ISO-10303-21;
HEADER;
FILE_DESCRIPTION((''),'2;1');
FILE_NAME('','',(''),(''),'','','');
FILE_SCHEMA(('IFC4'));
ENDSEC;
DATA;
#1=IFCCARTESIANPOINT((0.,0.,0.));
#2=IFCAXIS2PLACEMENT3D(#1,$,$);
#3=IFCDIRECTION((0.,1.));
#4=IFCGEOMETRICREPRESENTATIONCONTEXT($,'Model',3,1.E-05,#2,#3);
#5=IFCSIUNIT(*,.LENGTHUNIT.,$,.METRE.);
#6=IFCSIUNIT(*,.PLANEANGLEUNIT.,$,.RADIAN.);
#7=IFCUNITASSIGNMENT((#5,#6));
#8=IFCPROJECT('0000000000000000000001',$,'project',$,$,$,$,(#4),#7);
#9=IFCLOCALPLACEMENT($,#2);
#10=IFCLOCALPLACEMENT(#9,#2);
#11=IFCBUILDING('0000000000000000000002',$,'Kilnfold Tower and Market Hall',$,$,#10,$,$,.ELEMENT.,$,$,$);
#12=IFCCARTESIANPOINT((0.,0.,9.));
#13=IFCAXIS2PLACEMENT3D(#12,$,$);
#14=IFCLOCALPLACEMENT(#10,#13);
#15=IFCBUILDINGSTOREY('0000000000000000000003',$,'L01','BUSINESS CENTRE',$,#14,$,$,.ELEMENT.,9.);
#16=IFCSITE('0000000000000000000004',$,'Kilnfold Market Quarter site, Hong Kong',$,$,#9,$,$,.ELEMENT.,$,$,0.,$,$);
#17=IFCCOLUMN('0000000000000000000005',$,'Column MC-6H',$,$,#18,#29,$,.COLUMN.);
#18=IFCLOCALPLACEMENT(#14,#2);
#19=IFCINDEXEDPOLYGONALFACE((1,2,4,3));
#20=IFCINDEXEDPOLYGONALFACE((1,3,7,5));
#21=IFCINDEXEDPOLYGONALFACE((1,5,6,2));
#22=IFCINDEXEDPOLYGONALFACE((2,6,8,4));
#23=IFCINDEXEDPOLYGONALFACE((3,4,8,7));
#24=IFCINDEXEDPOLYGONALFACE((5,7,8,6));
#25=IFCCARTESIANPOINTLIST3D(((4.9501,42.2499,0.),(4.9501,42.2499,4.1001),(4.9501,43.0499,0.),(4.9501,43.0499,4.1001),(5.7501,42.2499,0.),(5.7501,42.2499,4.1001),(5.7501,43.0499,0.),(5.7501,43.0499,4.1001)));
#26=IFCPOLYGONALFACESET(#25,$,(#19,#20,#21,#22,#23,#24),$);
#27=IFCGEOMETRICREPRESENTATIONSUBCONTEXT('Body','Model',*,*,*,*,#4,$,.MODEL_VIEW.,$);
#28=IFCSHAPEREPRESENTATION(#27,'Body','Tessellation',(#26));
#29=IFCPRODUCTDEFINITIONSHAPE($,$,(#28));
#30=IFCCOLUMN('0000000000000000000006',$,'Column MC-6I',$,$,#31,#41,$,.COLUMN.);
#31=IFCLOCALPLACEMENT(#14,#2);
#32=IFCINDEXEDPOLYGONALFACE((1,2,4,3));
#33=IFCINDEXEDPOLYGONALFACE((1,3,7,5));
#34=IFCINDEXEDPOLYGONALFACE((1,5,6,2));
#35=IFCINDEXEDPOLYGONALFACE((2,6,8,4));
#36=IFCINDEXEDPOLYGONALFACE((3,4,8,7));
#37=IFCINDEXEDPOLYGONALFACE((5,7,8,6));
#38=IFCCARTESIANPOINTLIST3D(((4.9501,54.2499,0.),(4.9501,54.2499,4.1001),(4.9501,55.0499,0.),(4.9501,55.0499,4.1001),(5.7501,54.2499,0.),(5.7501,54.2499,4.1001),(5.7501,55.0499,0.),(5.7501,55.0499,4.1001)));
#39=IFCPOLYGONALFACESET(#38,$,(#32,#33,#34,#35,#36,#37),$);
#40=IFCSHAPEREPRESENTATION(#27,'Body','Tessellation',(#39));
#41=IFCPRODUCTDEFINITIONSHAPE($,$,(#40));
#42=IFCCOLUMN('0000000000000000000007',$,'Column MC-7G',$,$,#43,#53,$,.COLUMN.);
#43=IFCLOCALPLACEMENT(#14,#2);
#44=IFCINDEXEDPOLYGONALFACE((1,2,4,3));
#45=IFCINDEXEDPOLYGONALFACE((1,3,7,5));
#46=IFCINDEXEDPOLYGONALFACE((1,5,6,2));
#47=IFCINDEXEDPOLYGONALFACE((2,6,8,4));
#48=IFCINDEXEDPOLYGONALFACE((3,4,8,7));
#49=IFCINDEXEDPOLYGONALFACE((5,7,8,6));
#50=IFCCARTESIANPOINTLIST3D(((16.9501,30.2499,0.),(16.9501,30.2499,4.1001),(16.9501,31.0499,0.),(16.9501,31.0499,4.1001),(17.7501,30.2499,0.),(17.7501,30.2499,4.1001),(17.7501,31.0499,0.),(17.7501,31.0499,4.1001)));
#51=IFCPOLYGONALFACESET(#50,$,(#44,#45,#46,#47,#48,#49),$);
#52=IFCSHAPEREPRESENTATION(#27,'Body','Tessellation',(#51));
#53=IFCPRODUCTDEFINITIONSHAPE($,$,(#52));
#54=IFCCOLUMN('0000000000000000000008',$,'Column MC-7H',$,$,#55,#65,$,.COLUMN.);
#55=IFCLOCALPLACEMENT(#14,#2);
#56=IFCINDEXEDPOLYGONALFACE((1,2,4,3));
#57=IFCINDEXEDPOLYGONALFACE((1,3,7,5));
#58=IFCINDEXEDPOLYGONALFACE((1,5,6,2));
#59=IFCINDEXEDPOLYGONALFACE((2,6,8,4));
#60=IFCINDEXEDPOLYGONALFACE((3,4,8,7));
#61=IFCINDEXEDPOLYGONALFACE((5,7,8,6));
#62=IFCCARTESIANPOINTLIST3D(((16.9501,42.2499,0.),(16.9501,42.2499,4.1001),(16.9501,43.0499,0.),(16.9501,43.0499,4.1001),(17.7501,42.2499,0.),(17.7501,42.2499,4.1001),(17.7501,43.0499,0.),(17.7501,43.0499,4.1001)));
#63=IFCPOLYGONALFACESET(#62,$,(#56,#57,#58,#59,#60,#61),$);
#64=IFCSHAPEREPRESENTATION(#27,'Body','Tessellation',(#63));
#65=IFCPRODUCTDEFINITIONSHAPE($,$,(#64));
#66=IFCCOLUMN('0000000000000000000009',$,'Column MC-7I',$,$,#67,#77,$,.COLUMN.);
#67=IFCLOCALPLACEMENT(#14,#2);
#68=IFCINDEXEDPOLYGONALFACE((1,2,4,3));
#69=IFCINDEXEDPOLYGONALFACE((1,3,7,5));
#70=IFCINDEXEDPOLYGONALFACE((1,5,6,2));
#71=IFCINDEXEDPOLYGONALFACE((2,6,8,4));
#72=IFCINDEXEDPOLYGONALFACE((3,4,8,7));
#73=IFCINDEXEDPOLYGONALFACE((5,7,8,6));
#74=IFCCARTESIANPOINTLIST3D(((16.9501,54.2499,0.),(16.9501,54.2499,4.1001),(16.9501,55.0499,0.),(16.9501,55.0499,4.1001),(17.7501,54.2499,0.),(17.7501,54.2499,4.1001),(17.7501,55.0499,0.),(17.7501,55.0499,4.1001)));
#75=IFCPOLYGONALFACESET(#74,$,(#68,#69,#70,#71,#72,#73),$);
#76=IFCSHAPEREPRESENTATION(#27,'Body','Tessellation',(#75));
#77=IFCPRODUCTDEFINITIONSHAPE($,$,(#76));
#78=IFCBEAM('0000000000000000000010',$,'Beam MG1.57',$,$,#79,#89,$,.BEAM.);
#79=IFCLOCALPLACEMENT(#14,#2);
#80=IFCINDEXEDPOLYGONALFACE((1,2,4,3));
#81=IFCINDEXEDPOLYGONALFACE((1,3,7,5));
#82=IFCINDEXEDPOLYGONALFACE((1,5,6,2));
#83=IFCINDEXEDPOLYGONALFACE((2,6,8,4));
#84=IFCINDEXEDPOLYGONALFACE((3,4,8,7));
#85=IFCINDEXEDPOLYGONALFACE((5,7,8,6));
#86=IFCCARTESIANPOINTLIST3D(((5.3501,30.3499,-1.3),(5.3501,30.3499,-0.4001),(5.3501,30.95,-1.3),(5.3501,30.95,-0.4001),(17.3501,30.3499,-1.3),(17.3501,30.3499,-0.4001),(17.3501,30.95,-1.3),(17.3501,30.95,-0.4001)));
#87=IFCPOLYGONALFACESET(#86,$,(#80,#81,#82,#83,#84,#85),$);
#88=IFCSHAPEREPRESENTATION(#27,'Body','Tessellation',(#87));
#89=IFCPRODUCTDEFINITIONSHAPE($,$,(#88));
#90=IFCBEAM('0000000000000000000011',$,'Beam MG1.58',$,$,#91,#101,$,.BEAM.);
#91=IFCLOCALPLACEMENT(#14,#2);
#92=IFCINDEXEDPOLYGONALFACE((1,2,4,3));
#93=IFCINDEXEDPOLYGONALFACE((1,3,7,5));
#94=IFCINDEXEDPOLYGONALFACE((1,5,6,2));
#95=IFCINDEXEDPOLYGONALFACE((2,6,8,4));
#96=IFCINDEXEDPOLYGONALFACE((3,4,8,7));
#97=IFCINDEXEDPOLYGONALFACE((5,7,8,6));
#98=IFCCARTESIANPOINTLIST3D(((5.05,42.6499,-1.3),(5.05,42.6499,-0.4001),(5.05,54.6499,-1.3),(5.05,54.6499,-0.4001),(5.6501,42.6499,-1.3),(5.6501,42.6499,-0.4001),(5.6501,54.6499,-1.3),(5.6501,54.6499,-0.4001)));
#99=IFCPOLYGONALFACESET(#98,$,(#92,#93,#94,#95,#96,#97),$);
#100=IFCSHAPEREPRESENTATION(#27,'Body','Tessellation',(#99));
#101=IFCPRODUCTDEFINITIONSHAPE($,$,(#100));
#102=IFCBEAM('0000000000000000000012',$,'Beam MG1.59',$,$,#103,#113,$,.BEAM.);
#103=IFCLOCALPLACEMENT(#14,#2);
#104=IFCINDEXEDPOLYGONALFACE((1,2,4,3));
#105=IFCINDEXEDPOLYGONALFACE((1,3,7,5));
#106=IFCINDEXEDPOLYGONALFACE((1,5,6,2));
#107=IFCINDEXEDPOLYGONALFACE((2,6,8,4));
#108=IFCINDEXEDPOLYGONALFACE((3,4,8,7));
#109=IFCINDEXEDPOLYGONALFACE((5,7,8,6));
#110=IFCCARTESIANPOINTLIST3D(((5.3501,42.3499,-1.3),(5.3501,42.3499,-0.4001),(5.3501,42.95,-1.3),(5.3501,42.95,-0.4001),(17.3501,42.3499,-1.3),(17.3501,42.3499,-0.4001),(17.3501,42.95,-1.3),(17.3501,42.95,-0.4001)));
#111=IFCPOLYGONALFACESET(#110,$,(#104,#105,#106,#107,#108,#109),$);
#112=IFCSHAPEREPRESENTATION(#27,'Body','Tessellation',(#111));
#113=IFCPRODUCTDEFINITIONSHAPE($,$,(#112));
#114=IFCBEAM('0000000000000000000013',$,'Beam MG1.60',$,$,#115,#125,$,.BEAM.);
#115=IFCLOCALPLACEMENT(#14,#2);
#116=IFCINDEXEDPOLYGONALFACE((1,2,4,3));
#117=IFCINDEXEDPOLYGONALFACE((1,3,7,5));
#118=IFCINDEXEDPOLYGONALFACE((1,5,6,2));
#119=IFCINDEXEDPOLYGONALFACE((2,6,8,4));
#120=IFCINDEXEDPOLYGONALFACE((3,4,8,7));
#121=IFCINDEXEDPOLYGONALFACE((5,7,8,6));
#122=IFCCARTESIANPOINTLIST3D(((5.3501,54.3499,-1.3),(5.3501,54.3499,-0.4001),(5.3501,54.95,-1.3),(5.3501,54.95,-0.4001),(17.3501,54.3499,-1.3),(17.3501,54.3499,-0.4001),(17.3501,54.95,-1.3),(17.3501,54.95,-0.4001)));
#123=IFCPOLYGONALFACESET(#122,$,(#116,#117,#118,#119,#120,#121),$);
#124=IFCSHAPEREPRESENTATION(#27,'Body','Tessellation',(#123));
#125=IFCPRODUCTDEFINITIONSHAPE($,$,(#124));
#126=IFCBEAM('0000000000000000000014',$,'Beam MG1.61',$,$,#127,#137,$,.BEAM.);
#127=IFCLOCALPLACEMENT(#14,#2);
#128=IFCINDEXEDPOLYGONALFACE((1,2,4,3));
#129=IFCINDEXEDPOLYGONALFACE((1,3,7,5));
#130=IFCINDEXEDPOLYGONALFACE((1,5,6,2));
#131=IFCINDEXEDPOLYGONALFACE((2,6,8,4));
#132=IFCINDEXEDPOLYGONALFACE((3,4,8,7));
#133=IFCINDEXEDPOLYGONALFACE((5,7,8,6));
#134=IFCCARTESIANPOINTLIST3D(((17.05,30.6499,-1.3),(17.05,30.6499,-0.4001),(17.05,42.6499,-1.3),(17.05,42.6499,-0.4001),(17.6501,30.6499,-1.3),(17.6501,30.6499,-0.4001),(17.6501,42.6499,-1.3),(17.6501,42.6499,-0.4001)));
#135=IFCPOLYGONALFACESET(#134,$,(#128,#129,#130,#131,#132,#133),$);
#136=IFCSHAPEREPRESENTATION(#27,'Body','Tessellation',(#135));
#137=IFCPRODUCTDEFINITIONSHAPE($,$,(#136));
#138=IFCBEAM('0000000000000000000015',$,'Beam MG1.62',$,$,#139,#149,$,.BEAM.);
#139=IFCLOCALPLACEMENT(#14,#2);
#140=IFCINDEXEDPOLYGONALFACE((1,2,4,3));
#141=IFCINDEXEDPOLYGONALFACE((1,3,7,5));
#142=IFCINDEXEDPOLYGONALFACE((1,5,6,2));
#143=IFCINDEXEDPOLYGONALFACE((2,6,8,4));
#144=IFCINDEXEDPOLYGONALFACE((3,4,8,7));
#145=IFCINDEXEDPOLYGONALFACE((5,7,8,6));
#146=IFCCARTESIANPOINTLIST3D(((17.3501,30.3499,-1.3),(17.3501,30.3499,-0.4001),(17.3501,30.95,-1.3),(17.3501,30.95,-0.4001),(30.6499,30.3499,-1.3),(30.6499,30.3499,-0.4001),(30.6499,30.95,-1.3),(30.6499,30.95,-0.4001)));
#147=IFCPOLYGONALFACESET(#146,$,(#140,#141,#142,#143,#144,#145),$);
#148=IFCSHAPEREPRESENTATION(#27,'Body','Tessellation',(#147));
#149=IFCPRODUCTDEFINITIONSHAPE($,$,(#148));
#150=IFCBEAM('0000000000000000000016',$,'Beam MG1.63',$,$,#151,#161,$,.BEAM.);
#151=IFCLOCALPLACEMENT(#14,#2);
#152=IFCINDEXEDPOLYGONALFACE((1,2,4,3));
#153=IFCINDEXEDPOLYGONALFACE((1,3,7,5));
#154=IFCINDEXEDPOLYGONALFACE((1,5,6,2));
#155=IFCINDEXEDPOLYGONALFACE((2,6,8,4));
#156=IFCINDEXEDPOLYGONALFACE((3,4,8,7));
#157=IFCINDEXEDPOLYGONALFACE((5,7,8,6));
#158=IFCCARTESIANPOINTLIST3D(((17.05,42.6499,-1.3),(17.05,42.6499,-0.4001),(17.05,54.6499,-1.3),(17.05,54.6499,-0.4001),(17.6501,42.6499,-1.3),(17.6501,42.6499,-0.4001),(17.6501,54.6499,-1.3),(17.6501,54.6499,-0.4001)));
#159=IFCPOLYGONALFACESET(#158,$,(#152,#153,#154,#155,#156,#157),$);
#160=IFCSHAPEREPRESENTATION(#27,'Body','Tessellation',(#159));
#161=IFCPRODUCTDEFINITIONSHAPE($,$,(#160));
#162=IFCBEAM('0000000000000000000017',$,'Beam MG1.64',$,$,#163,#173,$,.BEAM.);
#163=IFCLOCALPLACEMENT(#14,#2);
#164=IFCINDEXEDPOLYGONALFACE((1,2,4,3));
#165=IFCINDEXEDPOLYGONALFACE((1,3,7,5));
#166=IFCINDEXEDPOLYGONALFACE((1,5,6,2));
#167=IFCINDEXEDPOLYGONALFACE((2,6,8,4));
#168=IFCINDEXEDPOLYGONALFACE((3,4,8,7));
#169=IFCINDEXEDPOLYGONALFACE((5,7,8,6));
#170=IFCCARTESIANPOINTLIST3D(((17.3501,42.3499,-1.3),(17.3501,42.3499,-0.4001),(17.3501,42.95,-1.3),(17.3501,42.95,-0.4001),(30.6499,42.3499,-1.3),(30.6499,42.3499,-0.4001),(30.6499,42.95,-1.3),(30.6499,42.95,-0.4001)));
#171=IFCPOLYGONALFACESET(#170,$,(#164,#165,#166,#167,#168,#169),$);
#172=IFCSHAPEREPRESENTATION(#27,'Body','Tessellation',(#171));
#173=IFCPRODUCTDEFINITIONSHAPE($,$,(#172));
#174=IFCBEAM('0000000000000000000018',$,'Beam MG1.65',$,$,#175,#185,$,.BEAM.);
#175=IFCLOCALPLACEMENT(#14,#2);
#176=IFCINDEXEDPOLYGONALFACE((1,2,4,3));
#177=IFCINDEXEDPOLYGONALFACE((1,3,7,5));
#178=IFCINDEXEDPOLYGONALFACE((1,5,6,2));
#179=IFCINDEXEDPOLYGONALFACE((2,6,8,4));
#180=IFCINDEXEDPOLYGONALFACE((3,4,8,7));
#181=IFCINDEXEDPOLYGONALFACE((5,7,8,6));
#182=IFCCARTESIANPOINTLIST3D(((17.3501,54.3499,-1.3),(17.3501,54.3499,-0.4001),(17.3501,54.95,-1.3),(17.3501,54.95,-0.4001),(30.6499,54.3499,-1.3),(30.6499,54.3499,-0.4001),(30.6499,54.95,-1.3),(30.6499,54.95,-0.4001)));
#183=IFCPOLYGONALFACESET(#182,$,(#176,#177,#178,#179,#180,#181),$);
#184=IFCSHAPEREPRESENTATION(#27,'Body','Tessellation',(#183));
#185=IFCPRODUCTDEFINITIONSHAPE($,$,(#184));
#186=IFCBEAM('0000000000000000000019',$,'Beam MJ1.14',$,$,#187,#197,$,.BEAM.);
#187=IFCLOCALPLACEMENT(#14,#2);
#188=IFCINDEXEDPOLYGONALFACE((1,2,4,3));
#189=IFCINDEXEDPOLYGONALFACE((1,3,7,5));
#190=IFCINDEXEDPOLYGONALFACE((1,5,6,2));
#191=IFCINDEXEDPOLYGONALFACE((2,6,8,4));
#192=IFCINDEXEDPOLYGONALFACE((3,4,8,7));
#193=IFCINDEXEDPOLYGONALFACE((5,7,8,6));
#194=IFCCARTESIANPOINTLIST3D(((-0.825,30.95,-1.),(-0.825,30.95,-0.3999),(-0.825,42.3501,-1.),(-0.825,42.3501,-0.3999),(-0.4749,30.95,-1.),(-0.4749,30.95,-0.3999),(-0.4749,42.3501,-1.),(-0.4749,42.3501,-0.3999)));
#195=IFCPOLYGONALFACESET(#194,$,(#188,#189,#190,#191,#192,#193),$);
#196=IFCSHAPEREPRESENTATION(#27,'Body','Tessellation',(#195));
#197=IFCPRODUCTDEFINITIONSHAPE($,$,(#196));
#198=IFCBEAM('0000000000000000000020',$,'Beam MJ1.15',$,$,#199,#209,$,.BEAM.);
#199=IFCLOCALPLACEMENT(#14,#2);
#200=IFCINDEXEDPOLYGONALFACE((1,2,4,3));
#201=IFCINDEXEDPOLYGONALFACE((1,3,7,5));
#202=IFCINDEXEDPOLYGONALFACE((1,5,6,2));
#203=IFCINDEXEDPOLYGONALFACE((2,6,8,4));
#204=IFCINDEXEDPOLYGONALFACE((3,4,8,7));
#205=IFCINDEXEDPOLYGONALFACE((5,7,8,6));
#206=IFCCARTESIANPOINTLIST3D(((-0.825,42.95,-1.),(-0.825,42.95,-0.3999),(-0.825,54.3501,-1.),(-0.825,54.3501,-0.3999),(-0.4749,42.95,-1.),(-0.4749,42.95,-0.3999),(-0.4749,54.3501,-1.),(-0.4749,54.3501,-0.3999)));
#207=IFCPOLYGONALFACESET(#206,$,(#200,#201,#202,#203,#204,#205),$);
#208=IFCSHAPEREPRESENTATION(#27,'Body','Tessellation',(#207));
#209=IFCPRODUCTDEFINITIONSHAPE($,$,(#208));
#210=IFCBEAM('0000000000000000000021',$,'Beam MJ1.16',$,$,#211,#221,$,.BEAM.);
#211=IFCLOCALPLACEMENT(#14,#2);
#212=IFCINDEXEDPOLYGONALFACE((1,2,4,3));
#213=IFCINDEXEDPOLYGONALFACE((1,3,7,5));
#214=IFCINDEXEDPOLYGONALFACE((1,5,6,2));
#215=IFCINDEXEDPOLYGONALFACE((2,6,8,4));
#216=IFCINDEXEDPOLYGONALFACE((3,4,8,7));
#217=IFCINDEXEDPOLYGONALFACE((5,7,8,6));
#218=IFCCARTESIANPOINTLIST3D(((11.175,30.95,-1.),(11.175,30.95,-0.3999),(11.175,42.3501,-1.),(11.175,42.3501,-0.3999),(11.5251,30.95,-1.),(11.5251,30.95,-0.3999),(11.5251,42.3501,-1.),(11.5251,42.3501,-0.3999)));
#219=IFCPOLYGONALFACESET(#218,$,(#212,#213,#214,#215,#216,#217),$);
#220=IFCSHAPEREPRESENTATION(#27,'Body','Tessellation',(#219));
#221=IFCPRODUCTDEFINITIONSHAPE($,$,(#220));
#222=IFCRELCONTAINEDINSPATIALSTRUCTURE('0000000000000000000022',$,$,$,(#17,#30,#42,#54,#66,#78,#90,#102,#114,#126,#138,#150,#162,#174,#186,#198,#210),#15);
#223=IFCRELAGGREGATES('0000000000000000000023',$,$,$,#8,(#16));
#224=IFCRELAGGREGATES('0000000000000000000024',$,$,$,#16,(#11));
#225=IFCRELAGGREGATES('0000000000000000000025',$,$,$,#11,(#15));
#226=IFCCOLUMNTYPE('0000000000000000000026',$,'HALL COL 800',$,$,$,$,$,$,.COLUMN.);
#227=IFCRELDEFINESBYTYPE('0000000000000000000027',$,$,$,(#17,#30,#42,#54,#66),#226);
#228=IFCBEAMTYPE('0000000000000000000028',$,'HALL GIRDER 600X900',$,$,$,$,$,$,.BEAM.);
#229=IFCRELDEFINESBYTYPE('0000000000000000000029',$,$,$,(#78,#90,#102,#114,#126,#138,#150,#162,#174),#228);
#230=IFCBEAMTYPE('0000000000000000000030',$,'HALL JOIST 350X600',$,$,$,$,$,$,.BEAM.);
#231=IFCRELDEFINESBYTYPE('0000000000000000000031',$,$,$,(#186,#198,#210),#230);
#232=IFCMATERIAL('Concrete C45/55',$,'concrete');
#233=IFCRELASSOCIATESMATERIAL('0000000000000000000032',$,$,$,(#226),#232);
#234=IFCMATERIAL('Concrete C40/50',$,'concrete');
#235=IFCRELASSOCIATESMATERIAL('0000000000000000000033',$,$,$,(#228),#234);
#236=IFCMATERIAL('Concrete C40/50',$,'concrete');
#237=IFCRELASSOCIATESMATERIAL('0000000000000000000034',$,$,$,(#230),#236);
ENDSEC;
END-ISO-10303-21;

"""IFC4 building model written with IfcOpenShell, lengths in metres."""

from ifc_helpers import new_model, si_unit, direction, frame, origin, origin_2d, place, context, subcontext, project, spatial, rectangle, extrude, source, transform, mapped, material, material_profile, profile_set, type_object, element, save


model = new_model("IFC4")

# Units and contexts
model_context = context("Model", 3, precision=1e-05, world=origin(), true_north=direction((0.0, 1.0)))
body_context = subcontext(model_context, "Body", "Model", "MODEL_VIEW")
ifc_project = project(units=[si_unit("LENGTHUNIT", "METRE"), si_unit("PLANEANGLEUNIT", "RADIAN")], contexts=[model_context])

# Site, building, storey
site_placement = place(None, origin())
site = spatial("IfcSite", under=ifc_project, at=site_placement, Name="Kilnfold Market Quarter site, Hong Kong", CompositionType="ELEMENT", RefElevation=0.0)
building_placement = place(site_placement, origin())
building = spatial("IfcBuilding", under=site, at=building_placement, Name="Kilnfold Tower and Market Hall", CompositionType="ELEMENT")
storey_placement = place(building_placement, frame((0.0, 0.0, 9.0)))
storey = spatial("IfcBuildingStorey", under=building, at=storey_placement, Name="L01", Description="BUSINESS CENTRE", CompositionType="ELEMENT", Elevation=9.0)

# Columns
ifc_material_1 = material(Name="Concrete C45/55", Category="concrete")
ifc_material_profile_1 = material_profile(ifc_material_1, rectangle(XDim=0.8, YDim=0.8, at=origin_2d()), Name="RC 800x800")
ifc_profile_set_1 = profile_set([ifc_material_profile_1], Name="Concrete C45/55")
column_type = type_object("IfcColumnType", Name="HALL COL 800", PredefinedType="COLUMN", material=ifc_profile_set_1)
shared_shape_1 = source(origin(), body_context, "Body", "SweptSolid", [
    extrude(rectangle(XDim=0.8, YDim=0.8, at=origin_2d()), origin(), (0.0, 0.0, 1.0), 4.1001),
])
for number, where, z_axis, x_axis, name in (
    (1, (5.3501, 42.6499, 0.0), (0.0, 0.0, 1.0), (1.0, 0.0, 0.0), "Column MC-6H"),
    (2, (5.3501, 54.6499, 0.0), (0.0, 0.0, 1.0), (1.0, 0.0, 0.0), "Column MC-6I"),
    (3, (17.3501, 30.6499, 0.0), (0.0, 0.0, 1.0), (1.0, 0.0, 0.0), "Column MC-7G"),
    (4, (17.3501, 42.6499, 0.0), (0.0, 0.0, 1.0), (1.0, 0.0, 0.0), "Column MC-7H"),
    (5, (17.3501, 54.6499, 0.0), (0.0, 0.0, 1.0), (1.0, 0.0, 0.0), "Column MC-7I"),
):
    element("IfcColumn", number, at=place(storey_placement, frame(where, z_axis=z_axis, x_axis=x_axis)), inside=storey, type_object=column_type, Name=name, PredefinedType="COLUMN", context=body_context, shape_type="MappedRepresentation", body=[
        mapped(shared_shape_1, transform((0.0, 0.0, 0.0))),
    ])

# Beams
ifc_material_2 = material(Name="Concrete C40/50", Category="concrete")
ifc_material_profile_2 = material_profile(ifc_material_2, rectangle(XDim=0.6001, YDim=0.8999, at=origin_2d()), Name="RC 600x900")
ifc_profile_set_2 = profile_set([ifc_material_profile_2], Name="Concrete C40/50")
beam_type_1 = type_object("IfcBeamType", Name="HALL GIRDER 600X900", PredefinedType="BEAM", material=ifc_profile_set_2)
for number, where, z_axis, x_axis, name in (
    (6, (5.3501, 30.6499, -0.8501), (1.0, 0.0, 0.0), (0.0, 1.0, 0.0), "Beam MG1.57"),
    (7, (5.3501, 42.6499, -0.8501), (0.0, 1.0, 0.0), (-1.0, 0.0, 0.0), "Beam MG1.58"),
    (8, (5.3501, 42.6499, -0.8501), (1.0, 0.0, 0.0), (0.0, 1.0, 0.0), "Beam MG1.59"),
    (9, (5.3501, 54.6499, -0.8501), (1.0, 0.0, 0.0), (0.0, 1.0, 0.0), "Beam MG1.60"),
    (10, (17.3501, 30.6499, -0.8501), (0.0, 1.0, 0.0), (-1.0, 0.0, 0.0), "Beam MG1.61"),
):
    element("IfcBeam", number, at=place(storey_placement, frame(where, z_axis=z_axis, x_axis=x_axis)), inside=storey, type_object=beam_type_1, Name=name, PredefinedType="BEAM", context=body_context, shape_type="SweptSolid", body=[
        extrude(rectangle(XDim=0.6001, YDim=0.8999, at=origin_2d()), origin(), (0.0, 0.0, 1.0), 12.0),
    ])
beam_1_placement = place(storey_placement, frame((17.3501, 30.6499, -0.8501), z_axis=(1.0, 0.0, 0.0), x_axis=(0.0, 1.0, 0.0)))
element("IfcBeam", 11, at=beam_1_placement, inside=storey, type_object=beam_type_1, Name="Beam MG1.62", PredefinedType="BEAM", context=body_context, shape_type="SweptSolid", body=[
    extrude(rectangle(XDim=0.6001, YDim=0.8999, at=origin_2d()), origin(), (0.0, 0.0, 1.0), 13.2998),
])
beam_2_placement = place(storey_placement, frame((17.3501, 42.6499, -0.8501), z_axis=(0.0, 1.0, 0.0), x_axis=(-1.0, 0.0, 0.0)))
element("IfcBeam", 12, at=beam_2_placement, inside=storey, type_object=beam_type_1, Name="Beam MG1.63", PredefinedType="BEAM", context=body_context, shape_type="SweptSolid", body=[
    extrude(rectangle(XDim=0.6001, YDim=0.8999, at=origin_2d()), origin(), (0.0, 0.0, 1.0), 12.0),
])
for number, where, z_axis, x_axis, name in (
    (13, (17.3501, 42.6499, -0.8501), (1.0, 0.0, 0.0), (0.0, 1.0, 0.0), "Beam MG1.64"),
    (14, (17.3501, 54.6499, -0.8501), (1.0, 0.0, 0.0), (0.0, 1.0, 0.0), "Beam MG1.65"),
):
    element("IfcBeam", number, at=place(storey_placement, frame(where, z_axis=z_axis, x_axis=x_axis)), inside=storey, type_object=beam_type_1, Name=name, PredefinedType="BEAM", context=body_context, shape_type="SweptSolid", body=[
        extrude(rectangle(XDim=0.6001, YDim=0.8999, at=origin_2d()), origin(), (0.0, 0.0, 1.0), 13.2998),
    ])
ifc_material_3 = material(Name="Concrete C40/50", Category="concrete")
ifc_material_profile_3 = material_profile(ifc_material_3, rectangle(XDim=0.3501, YDim=0.6001, at=origin_2d()), Name="RC 350x600")
ifc_profile_set_3 = profile_set([ifc_material_profile_3], Name="Concrete C40/50")
beam_type_2 = type_object("IfcBeamType", Name="HALL JOIST 350X600", PredefinedType="BEAM", material=ifc_profile_set_3)
for number, where, z_axis, x_axis, name in (
    (15, (-0.6499, 30.95, -0.7), (0.0, 1.0, 0.0), (-1.0, 0.0, 0.0), "Beam MJ1.14"),
    (16, (-0.6499, 42.95, -0.7), (0.0, 1.0, 0.0), (-1.0, 0.0, 0.0), "Beam MJ1.15"),
    (17, (11.3501, 30.95, -0.7), (0.0, 1.0, 0.0), (-1.0, 0.0, 0.0), "Beam MJ1.16"),
):
    element("IfcBeam", number, at=place(storey_placement, frame(where, z_axis=z_axis, x_axis=x_axis)), inside=storey, type_object=beam_type_2, Name=name, PredefinedType="BEAM", context=body_context, shape_type="SweptSolid", body=[
        extrude(rectangle(XDim=0.3501, YDim=0.6001, at=origin_2d()), origin(), (0.0, 0.0, 1.0), 11.4001),
    ])

save(model, "model.ifc")
